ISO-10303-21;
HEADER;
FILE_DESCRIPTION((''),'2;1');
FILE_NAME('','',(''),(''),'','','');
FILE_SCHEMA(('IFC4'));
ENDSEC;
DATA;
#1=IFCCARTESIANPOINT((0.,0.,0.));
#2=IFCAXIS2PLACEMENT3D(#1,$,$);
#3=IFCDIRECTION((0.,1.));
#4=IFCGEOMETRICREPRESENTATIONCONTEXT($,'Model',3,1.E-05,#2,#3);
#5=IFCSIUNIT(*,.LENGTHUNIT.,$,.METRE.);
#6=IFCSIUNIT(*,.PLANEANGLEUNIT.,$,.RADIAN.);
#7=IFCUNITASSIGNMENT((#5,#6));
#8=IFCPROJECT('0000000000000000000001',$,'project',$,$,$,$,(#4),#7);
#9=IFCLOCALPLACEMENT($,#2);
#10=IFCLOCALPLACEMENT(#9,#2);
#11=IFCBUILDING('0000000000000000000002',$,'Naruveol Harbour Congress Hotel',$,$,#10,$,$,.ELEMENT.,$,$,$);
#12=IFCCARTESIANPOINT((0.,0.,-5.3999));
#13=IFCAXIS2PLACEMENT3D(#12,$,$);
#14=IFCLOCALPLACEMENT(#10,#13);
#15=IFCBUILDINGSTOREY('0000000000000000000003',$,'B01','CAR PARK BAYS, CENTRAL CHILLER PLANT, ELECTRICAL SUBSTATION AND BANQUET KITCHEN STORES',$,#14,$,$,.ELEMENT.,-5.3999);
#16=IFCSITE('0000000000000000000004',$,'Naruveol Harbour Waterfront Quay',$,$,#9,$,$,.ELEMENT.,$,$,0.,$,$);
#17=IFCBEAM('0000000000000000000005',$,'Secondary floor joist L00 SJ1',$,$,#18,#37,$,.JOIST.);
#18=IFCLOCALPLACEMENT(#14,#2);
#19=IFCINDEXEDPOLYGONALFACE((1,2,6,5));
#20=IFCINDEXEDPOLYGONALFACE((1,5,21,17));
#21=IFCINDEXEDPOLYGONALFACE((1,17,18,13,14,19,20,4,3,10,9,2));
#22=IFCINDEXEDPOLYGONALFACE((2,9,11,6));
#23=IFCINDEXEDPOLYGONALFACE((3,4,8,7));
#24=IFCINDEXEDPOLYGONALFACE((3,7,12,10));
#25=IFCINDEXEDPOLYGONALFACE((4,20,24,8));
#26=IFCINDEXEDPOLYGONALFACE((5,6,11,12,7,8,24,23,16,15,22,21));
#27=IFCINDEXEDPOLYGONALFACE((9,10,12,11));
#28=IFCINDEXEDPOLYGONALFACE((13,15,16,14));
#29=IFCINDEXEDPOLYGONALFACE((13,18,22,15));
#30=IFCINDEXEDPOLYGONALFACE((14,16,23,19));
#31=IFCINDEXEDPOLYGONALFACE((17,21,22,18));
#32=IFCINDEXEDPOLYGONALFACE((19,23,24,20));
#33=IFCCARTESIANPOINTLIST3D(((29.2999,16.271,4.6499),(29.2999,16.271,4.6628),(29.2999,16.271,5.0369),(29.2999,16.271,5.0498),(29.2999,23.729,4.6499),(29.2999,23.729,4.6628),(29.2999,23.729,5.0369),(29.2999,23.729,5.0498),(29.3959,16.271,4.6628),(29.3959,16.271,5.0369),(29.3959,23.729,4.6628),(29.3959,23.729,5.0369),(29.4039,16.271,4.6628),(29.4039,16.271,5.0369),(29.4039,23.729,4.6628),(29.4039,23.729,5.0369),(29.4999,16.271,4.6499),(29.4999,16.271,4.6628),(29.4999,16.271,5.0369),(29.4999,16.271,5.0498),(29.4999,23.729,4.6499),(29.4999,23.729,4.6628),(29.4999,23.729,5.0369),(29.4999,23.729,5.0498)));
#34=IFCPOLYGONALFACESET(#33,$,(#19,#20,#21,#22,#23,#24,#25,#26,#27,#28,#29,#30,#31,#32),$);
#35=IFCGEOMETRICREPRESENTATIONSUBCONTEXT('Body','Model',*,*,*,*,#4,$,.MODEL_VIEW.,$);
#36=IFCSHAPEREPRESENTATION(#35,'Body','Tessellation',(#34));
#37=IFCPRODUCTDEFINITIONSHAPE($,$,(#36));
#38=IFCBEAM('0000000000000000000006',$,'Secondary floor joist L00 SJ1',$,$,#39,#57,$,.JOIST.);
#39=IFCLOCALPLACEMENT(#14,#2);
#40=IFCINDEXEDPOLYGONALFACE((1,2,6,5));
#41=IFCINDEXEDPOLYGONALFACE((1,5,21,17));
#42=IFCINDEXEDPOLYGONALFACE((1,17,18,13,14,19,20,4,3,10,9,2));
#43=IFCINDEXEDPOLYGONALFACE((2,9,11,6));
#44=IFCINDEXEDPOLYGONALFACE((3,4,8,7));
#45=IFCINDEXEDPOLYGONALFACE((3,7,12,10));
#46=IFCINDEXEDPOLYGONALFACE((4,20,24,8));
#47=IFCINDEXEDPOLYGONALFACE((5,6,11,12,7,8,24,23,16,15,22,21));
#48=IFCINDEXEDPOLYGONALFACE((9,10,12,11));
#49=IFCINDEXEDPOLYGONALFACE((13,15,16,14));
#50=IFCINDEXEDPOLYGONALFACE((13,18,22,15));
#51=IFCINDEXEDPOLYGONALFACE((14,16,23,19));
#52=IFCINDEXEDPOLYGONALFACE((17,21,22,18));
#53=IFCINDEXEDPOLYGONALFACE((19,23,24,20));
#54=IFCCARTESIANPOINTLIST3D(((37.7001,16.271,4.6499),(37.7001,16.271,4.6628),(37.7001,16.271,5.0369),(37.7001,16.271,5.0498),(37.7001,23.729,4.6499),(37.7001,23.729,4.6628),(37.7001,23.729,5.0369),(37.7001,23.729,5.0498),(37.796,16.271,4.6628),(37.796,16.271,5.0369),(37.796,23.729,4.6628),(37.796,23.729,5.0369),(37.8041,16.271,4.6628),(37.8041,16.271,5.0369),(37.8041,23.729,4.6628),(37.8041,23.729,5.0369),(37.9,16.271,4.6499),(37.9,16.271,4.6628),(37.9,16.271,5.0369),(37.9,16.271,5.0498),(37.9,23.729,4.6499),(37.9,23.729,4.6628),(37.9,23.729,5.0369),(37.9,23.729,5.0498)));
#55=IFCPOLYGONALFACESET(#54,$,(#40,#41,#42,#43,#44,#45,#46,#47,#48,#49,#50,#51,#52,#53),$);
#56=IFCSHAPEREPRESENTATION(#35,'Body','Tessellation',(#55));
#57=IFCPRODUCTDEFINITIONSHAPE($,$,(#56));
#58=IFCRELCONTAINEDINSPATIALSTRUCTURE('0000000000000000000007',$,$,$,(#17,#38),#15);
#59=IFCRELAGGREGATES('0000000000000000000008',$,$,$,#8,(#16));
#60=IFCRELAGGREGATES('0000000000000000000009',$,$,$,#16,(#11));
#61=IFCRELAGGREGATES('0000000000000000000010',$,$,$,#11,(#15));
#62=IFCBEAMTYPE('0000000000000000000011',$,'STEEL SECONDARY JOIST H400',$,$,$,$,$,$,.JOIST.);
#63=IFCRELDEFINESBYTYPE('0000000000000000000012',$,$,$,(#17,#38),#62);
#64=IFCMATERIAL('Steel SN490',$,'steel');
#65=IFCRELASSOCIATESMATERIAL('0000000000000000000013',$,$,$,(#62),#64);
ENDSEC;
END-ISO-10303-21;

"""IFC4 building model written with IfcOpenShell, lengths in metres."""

from ifc_helpers import new_model, si_unit, direction, frame, origin, origin_2d, place, context, subcontext, project, spatial, i_section, extrude, material, material_profile, profile_set, type_object, element, save


model = new_model("IFC4")

# Units and contexts
model_context = context("Model", 3, precision=1e-05, world=origin(), true_north=direction((0.0, 1.0)))
body_context = subcontext(model_context, "Body", "Model", "MODEL_VIEW")
ifc_project = project(units=[si_unit("LENGTHUNIT", "METRE"), si_unit("PLANEANGLEUNIT", "RADIAN")], contexts=[model_context])

# Site, building, storey
site_placement = place(None, origin())
site = spatial("IfcSite", under=ifc_project, at=site_placement, Name="Naruveol Harbour Waterfront Quay", CompositionType="ELEMENT", RefElevation=0.0)
building_placement = place(site_placement, origin())
building = spatial("IfcBuilding", under=site, at=building_placement, Name="Naruveol Harbour Congress Hotel", CompositionType="ELEMENT")
storey_placement = place(building_placement, frame((0.0, 0.0, -5.3999)))
storey = spatial("IfcBuildingStorey", under=building, at=storey_placement, Name="B01", Description="CAR PARK BAYS, CENTRAL CHILLER PLANT, ELECTRICAL SUBSTATION AND BANQUET KITCHEN STORES", CompositionType="ELEMENT", Elevation=-5.3999)

# Beams
ifc_material_1 = material(Name="Steel SN490", Category="steel")
ifc_material_profile_1 = material_profile(ifc_material_1, i_section(OverallWidth=0.2, OverallDepth=0.3999, WebThickness=0.0081, FlangeThickness=0.0129, at=origin_2d()), Name="H-400x200x8x13")
ifc_profile_set_1 = profile_set([ifc_material_profile_1], Name="Steel SN490")
beam_type_1 = type_object("IfcBeamType", Name="STEEL SECONDARY JOIST H400", PredefinedType="JOIST", material=ifc_profile_set_1)
for number, where, z_axis, x_axis, name in (
    (1, (29.3999, 16.271, 4.8499), (0.0, 1.0, 0.0), (-1.0, 0.0, 0.0), "Secondary floor joist L00 SJ1"),
    (2, (37.8, 16.271, 4.8499), (0.0, 1.0, 0.0), (-1.0, 0.0, 0.0), "Secondary floor joist L00 SJ1"),
):
    element("IfcBeam", number, at=place(storey_placement, frame(where, z_axis=z_axis, x_axis=x_axis)), inside=storey, type_object=beam_type_1, Name=name, PredefinedType="JOIST", context=body_context, shape_type="SweptSolid", body=[
        extrude(i_section(OverallWidth=0.2, OverallDepth=0.3999, WebThickness=0.0081, FlangeThickness=0.0129, at=origin_2d()), origin(), (0.0, 0.0, 1.0), 7.458),
    ])

save(model, "model.ifc")
